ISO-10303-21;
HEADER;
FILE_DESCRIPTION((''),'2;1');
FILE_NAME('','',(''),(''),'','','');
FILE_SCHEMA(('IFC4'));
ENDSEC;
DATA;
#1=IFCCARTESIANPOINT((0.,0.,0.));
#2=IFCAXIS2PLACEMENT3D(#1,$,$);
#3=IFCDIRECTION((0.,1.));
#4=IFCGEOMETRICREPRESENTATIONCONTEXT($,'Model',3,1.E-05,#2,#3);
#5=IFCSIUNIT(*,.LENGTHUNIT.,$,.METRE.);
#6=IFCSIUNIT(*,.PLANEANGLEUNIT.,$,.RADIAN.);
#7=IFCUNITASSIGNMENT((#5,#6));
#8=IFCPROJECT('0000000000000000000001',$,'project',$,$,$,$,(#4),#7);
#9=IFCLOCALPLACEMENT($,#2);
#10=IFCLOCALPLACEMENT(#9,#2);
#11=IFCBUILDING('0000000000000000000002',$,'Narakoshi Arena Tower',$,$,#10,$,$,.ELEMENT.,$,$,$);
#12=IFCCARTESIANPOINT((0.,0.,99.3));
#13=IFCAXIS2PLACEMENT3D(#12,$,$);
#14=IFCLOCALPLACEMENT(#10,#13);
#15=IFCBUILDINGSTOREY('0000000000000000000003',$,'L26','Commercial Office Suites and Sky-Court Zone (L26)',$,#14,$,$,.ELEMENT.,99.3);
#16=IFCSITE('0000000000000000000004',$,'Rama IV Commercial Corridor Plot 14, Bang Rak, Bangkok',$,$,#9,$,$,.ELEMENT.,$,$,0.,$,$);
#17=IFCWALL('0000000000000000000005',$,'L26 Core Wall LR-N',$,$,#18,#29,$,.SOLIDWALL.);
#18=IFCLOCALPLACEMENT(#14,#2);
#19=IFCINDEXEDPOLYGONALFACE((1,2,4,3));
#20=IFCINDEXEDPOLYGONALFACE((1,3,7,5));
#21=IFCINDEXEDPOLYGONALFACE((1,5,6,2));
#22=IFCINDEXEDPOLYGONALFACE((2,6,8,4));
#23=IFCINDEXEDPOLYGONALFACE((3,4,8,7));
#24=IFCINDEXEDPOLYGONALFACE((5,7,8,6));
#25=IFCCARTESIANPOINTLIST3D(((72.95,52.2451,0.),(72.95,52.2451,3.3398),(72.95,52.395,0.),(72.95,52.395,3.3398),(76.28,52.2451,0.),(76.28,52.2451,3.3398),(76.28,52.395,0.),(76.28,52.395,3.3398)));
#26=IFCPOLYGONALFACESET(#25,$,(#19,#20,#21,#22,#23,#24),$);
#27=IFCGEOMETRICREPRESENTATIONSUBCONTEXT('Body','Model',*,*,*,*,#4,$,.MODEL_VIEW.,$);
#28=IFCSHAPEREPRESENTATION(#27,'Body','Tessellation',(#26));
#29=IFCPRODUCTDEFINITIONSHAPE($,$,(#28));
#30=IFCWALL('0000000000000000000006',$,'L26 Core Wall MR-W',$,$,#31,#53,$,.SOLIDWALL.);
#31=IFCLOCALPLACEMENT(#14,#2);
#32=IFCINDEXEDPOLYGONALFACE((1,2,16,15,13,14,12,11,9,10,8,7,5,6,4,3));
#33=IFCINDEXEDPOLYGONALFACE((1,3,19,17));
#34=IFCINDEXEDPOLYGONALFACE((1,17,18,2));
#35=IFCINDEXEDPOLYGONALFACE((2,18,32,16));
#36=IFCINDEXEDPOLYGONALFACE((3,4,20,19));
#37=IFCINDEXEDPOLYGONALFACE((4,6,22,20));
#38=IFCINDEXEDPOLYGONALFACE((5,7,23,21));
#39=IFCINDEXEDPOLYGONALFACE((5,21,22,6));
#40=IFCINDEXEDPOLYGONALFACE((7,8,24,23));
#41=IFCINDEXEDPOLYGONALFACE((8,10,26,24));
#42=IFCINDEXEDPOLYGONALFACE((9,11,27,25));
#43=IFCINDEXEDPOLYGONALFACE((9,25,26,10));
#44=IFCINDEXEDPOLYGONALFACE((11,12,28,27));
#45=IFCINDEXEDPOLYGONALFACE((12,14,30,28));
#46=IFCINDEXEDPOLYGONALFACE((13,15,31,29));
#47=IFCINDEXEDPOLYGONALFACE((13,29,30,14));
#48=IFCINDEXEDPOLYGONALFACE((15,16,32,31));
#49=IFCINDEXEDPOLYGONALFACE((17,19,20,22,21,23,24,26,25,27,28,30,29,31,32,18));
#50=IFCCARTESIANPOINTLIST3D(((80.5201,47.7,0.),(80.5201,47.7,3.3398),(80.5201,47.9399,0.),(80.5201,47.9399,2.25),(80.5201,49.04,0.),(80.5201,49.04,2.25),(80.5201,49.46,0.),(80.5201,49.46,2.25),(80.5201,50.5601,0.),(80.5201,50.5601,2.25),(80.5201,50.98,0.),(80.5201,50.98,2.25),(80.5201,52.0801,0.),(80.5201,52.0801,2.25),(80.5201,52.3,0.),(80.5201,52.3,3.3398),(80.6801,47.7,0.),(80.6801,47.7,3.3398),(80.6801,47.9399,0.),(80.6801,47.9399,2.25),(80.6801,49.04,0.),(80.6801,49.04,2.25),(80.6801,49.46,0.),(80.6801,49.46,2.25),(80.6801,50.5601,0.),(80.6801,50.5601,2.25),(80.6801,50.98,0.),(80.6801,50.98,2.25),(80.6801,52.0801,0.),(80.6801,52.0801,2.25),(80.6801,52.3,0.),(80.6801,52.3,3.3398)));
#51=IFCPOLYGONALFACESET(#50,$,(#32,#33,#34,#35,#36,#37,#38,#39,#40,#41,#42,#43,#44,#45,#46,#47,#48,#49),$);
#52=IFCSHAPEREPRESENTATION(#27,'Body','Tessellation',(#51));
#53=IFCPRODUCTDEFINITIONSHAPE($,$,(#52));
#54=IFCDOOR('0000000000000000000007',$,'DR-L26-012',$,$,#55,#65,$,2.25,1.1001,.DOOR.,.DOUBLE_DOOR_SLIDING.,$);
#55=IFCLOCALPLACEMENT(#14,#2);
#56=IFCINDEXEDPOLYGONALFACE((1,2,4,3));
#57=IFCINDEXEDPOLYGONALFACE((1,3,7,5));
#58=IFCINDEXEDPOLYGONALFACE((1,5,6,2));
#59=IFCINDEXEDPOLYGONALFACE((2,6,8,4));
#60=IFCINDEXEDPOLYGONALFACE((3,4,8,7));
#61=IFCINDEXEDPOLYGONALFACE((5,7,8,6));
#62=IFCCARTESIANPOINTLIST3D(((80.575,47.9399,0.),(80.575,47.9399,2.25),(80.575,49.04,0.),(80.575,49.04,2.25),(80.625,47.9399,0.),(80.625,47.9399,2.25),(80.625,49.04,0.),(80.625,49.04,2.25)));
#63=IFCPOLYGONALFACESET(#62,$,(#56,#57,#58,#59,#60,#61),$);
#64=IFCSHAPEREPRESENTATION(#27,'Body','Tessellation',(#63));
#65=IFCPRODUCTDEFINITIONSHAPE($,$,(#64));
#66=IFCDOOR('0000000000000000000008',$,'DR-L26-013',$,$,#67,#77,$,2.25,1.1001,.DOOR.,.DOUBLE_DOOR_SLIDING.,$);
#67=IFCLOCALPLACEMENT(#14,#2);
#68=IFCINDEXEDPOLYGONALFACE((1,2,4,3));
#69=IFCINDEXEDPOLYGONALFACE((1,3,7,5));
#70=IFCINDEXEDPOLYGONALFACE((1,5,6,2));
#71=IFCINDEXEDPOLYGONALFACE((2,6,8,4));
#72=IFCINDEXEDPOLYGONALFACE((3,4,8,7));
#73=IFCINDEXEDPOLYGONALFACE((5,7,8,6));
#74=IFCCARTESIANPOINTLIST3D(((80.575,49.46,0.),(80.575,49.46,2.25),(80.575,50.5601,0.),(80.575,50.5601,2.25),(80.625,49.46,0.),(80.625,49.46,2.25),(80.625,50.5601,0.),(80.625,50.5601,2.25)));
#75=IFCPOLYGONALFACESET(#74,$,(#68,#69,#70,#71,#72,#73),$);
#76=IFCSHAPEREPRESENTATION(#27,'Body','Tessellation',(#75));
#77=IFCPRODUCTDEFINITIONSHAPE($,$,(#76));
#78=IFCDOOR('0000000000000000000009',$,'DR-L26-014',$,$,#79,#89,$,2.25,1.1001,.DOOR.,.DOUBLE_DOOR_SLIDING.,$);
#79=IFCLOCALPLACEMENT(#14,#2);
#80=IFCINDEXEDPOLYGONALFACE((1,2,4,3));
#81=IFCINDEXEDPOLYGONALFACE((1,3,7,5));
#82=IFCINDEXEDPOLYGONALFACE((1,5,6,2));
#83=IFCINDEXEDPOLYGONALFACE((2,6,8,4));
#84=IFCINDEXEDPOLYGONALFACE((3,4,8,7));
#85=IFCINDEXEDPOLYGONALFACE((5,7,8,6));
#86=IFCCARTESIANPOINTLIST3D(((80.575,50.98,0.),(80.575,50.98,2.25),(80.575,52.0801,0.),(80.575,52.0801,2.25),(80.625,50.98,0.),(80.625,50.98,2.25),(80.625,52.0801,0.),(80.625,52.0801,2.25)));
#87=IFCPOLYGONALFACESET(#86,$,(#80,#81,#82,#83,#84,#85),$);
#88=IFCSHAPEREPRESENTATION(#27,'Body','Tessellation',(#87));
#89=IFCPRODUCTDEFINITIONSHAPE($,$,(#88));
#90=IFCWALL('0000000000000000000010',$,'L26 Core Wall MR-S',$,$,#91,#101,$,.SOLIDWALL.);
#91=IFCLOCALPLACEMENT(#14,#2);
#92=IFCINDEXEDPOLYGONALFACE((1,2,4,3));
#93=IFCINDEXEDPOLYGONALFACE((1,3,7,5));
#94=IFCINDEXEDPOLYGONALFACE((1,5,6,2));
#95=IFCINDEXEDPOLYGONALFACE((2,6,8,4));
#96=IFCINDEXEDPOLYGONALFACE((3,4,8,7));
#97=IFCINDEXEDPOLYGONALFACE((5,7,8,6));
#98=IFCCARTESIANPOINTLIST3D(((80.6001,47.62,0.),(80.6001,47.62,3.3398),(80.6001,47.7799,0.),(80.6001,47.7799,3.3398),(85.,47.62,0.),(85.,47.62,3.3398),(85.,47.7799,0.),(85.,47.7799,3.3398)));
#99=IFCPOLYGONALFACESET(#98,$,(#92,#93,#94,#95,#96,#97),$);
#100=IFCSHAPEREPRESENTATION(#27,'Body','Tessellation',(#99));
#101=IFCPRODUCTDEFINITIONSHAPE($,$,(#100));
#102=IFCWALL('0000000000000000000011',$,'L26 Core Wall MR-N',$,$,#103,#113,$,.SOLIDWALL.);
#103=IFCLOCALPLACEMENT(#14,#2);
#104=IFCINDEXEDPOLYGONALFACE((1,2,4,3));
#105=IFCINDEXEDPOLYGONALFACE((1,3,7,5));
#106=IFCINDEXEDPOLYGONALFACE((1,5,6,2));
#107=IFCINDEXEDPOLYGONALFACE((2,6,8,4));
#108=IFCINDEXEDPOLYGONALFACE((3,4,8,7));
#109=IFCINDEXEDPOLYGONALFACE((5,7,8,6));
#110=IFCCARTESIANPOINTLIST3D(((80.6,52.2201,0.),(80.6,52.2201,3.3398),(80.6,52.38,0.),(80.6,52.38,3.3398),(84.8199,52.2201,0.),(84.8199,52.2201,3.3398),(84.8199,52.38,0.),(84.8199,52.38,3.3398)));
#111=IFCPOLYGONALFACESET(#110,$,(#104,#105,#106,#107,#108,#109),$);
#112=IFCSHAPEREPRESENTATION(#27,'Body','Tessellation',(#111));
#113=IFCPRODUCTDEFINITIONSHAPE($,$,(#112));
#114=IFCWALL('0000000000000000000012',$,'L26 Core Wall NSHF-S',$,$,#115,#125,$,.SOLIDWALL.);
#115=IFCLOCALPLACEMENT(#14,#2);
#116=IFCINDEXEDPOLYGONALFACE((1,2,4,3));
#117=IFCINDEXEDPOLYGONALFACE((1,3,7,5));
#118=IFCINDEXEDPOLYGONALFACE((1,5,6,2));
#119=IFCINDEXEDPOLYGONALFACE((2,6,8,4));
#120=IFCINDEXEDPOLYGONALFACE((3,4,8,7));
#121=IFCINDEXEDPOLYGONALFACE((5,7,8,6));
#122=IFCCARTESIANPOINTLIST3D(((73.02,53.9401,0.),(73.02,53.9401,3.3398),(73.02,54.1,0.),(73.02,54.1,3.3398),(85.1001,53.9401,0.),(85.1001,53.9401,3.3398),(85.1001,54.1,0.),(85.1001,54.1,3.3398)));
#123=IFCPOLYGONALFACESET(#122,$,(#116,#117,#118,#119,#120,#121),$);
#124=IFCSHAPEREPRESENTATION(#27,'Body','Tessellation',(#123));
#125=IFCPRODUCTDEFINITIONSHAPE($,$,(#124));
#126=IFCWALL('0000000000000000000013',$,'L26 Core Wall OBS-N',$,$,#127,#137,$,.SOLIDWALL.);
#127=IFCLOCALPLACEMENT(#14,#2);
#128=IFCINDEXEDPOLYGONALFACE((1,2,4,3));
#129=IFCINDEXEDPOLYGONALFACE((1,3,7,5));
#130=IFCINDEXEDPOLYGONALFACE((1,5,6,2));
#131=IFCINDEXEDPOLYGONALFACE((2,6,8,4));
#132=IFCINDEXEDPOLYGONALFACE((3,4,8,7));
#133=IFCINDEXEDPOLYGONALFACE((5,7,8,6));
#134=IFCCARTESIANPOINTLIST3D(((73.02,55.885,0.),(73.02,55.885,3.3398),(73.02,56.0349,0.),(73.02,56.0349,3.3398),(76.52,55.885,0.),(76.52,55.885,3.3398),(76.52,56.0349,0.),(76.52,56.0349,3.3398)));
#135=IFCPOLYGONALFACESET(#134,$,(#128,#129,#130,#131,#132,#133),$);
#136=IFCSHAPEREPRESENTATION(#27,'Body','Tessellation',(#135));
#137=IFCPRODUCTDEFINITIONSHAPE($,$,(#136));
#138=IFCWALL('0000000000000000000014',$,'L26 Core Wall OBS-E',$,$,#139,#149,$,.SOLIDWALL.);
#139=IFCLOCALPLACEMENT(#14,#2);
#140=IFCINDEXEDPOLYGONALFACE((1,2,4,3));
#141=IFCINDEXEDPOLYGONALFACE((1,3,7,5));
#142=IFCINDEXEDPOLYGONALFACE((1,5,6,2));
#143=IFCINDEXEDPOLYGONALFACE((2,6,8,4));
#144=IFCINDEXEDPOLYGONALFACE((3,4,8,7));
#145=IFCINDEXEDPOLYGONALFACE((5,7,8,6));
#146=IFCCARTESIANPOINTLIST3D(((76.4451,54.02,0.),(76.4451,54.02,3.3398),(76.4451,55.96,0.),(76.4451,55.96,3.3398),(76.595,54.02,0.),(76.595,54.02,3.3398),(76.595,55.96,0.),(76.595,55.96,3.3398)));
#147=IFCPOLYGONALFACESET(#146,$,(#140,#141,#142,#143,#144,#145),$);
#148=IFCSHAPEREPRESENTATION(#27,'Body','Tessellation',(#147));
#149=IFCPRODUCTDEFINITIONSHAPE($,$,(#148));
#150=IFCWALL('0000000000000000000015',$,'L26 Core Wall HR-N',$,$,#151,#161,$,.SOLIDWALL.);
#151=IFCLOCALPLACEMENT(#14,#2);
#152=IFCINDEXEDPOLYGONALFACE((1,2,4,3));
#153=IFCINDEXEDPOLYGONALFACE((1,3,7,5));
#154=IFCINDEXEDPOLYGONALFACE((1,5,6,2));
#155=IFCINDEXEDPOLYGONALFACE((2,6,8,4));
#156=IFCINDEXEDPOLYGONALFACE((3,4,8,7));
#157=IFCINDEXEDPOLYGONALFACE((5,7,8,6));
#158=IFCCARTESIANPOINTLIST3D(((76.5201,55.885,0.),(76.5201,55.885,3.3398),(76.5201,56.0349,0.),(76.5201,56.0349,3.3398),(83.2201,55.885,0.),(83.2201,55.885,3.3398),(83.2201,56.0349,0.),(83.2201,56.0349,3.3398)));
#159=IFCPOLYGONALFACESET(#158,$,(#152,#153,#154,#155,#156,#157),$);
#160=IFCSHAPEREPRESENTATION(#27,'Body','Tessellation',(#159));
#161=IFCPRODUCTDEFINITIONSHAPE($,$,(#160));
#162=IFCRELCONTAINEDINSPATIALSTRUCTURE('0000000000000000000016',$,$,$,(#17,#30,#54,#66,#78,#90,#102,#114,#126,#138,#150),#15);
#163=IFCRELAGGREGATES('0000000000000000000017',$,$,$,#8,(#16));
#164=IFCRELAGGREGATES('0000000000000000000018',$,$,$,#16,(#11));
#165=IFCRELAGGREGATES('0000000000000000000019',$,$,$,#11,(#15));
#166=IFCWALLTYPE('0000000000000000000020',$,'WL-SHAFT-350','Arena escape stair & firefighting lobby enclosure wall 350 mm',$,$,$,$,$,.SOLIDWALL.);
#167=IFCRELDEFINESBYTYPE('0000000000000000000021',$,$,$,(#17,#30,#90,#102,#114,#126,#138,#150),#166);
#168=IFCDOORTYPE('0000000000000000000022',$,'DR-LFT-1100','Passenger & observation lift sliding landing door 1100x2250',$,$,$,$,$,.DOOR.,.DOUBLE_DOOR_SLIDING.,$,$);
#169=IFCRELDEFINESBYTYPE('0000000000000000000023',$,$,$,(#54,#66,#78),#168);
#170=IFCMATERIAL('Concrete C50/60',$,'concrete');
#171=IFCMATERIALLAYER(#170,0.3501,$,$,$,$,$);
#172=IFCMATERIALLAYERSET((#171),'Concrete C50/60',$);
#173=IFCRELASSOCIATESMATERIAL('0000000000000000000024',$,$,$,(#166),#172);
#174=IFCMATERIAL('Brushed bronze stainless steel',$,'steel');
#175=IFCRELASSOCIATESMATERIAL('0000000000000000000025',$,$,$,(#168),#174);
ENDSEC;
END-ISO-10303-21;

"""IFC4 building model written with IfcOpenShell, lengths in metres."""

from ifc_helpers import new_model, si_unit, direction, frame, frame_2d, origin, place, context, subcontext, project, spatial, rectangle, extrude, material, layer, layer_set, type_object, element, fill, save


model = new_model("IFC4")

# Units and contexts
model_context = context("Model", 3, precision=1e-05, world=origin(), true_north=direction((0.0, 1.0)))
body_context = subcontext(model_context, "Body", "Model", "MODEL_VIEW")
ifc_project = project(units=[si_unit("LENGTHUNIT", "METRE"), si_unit("PLANEANGLEUNIT", "RADIAN")], contexts=[model_context])

# Site, building, storey
site_placement = place(None, origin())
site = spatial("IfcSite", under=ifc_project, at=site_placement, Name="Rama IV Commercial Corridor Plot 14, Bang Rak, Bangkok", CompositionType="ELEMENT", RefElevation=0.0)
building_placement = place(site_placement, origin())
building = spatial("IfcBuilding", under=site, at=building_placement, Name="Narakoshi Arena Tower", CompositionType="ELEMENT")
storey_placement = place(building_placement, frame((0.0, 0.0, 99.3)))
storey = spatial("IfcBuildingStorey", under=building, at=storey_placement, Name="L26", Description="Commercial Office Suites and Sky-Court Zone (L26)", CompositionType="ELEMENT", Elevation=99.3)

# Shared definitions
ifc_material_1 = material(Name="Concrete C50/60", Category="concrete")
ifc_layer_1 = layer(ifc_material_1, 0.3501)
ifc_layer_set_1 = layer_set([ifc_layer_1], Name="Concrete C50/60")
wall_type_1 = type_object("IfcWallType", Name="WL-SHAFT-350", Description="Arena escape stair & firefighting lobby enclosure wall 350 mm", PredefinedType="SOLIDWALL", material=ifc_layer_set_1)

# Wall
wall_1_placement = place(storey_placement, frame((72.95, 52.3201, 0.0), z_axis=(0.0, 0.0, 1.0), x_axis=(1.0, 0.0, 0.0)))
element("IfcWall", 1, at=wall_1_placement, inside=storey, type_object=wall_type_1, Name="L26 Core Wall LR-N", PredefinedType="SOLIDWALL", context=body_context, shape_type="SweptSolid", body=[
    extrude(rectangle(XDim=3.3301, YDim=0.1499, at=frame_2d((1.665, 0.0))), origin(), (0.0, 0.0, 1.0), 3.3398),
])

# Wall, openings, doors
wall_2_placement = place(storey_placement, frame((80.6001, 47.7, 0.0), z_axis=(0.0, 0.0, 1.0), x_axis=(0.0, 1.0, 0.0)))
wall_2 = element("IfcWall", 2, at=wall_2_placement, inside=storey, type_object=wall_type_1, Name="L26 Core Wall MR-W", PredefinedType="SOLIDWALL", context=body_context, shape_type="SweptSolid", body=[
    extrude(rectangle(XDim=4.6001, YDim=0.1599, at=frame_2d((2.3, 0.0))), origin(), (0.0, 0.0, 1.0), 3.3398),
])
opening_1_placement = place(wall_2_placement, frame((0.24, 0.0, 0.0)))
opening_1 = element("IfcOpeningElement", 3, at=opening_1_placement, cuts=wall_2, PredefinedType="OPENING", context=body_context, shape_type="SweptSolid", body=[
    extrude(rectangle(XDim=1.1001, YDim=2.25, at=frame_2d((0.55, 1.125))), frame((0.0, 0.0898, 0.0), z_axis=(0.0, -1.0, 0.0), x_axis=(1.0, 0.0, 0.0)), (0.0, 0.0, 1.0), 0.1799),
])
opening_2_placement = place(wall_2_placement, frame((1.76, 0.0, 0.0)))
opening_2 = element("IfcOpeningElement", 4, at=opening_2_placement, cuts=wall_2, PredefinedType="OPENING", context=body_context, shape_type="SweptSolid", body=[
    extrude(rectangle(XDim=1.1001, YDim=2.25, at=frame_2d((0.55, 1.125))), frame((0.0, 0.0898, 0.0), z_axis=(0.0, -1.0, 0.0), x_axis=(1.0, 0.0, 0.0)), (0.0, 0.0, 1.0), 0.1799),
])
opening_3_placement = place(wall_2_placement, frame((3.28, 0.0, 0.0)))
opening_3 = element("IfcOpeningElement", 5, at=opening_3_placement, cuts=wall_2, PredefinedType="OPENING", context=body_context, shape_type="SweptSolid", body=[
    extrude(rectangle(XDim=1.1001, YDim=2.25, at=frame_2d((0.55, 1.125))), frame((0.0, 0.0898, 0.0), z_axis=(0.0, -1.0, 0.0), x_axis=(1.0, 0.0, 0.0)), (0.0, 0.0, 1.0), 0.1799),
])
ifc_material_2 = material(Name="Brushed bronze stainless steel", Category="steel")
door_type_1 = type_object("IfcDoorType", Name="DR-LFT-1100", Description="Passenger & observation lift sliding landing door 1100x2250", OperationType="DOUBLE_DOOR_SLIDING", PredefinedType="DOOR", material=ifc_material_2)
door_1_placement = place(opening_1_placement, frame((1.1001, 0.0, 0.0), z_axis=(0.0, 0.0, 1.0), x_axis=(-1.0, 0.0, 0.0)))
door_1 = element("IfcDoor", 6, at=door_1_placement, inside=storey, type_object=door_type_1, Name="DR-L26-012", OperationType="DOUBLE_DOOR_SLIDING", OverallHeight=2.25, OverallWidth=1.1001, PredefinedType="DOOR", context=body_context, shape_type="SweptSolid", body=[
    extrude(rectangle(XDim=1.1001, YDim=2.25, at=frame_2d((0.55, 1.125))), frame((0.0, 0.0249, 0.0), z_axis=(0.0, -1.0, 0.0), x_axis=(1.0, 0.0, 0.0)), (0.0, 0.0, 1.0), 0.05),
])
fill(opening_1, door_1)
door_2_placement = place(opening_2_placement, frame((1.1001, 0.0, 0.0), z_axis=(0.0, 0.0, 1.0), x_axis=(-1.0, 0.0, 0.0)))
door_2 = element("IfcDoor", 7, at=door_2_placement, inside=storey, type_object=door_type_1, Name="DR-L26-013", OperationType="DOUBLE_DOOR_SLIDING", OverallHeight=2.25, OverallWidth=1.1001, PredefinedType="DOOR", context=body_context, shape_type="SweptSolid", body=[
    extrude(rectangle(XDim=1.1001, YDim=2.25, at=frame_2d((0.55, 1.125))), frame((0.0, 0.0249, 0.0), z_axis=(0.0, -1.0, 0.0), x_axis=(1.0, 0.0, 0.0)), (0.0, 0.0, 1.0), 0.05),
])
fill(opening_2, door_2)
door_3_placement = place(opening_3_placement, frame((1.1001, 0.0, 0.0), z_axis=(0.0, 0.0, 1.0), x_axis=(-1.0, 0.0, 0.0)))
door_3 = element("IfcDoor", 8, at=door_3_placement, inside=storey, type_object=door_type_1, Name="DR-L26-014", OperationType="DOUBLE_DOOR_SLIDING", OverallHeight=2.25, OverallWidth=1.1001, PredefinedType="DOOR", context=body_context, shape_type="SweptSolid", body=[
    extrude(rectangle(XDim=1.1001, YDim=2.25, at=frame_2d((0.55, 1.125))), frame((0.0, 0.0249, 0.0), z_axis=(0.0, -1.0, 0.0), x_axis=(1.0, 0.0, 0.0)), (0.0, 0.0, 1.0), 0.05),
])
fill(opening_3, door_3)

# Walls
wall_3_placement = place(storey_placement, frame((80.6001, 47.7, 0.0), z_axis=(0.0, 0.0, 1.0), x_axis=(1.0, 0.0, 0.0)))
element("IfcWall", 9, at=wall_3_placement, inside=storey, type_object=wall_type_1, Name="L26 Core Wall MR-S", PredefinedType="SOLIDWALL", context=body_context, shape_type="SweptSolid", body=[
    extrude(rectangle(XDim=4.3999, YDim=0.1599, at=frame_2d((2.2, 0.0))), origin(), (0.0, 0.0, 1.0), 3.3398),
])
wall_4_placement = place(storey_placement, frame((80.6001, 52.3, 0.0), z_axis=(0.0, 0.0, 1.0), x_axis=(1.0, 0.0, 0.0)))
element("IfcWall", 10, at=wall_4_placement, inside=storey, type_object=wall_type_1, Name="L26 Core Wall MR-N", PredefinedType="SOLIDWALL", context=body_context, shape_type="SweptSolid", body=[
    extrude(rectangle(XDim=4.22, YDim=0.1599, at=frame_2d((2.1099, 0.0))), origin(), (0.0, 0.0, 1.0), 3.3398),
])
wall_5_placement = place(storey_placement, frame((73.02, 54.02, 0.0), z_axis=(0.0, 0.0, 1.0), x_axis=(1.0, 0.0, 0.0)))
element("IfcWall", 11, at=wall_5_placement, inside=storey, type_object=wall_type_1, Name="L26 Core Wall NSHF-S", PredefinedType="SOLIDWALL", context=body_context, shape_type="SweptSolid", body=[
    extrude(rectangle(XDim=12.0801, YDim=0.1599, at=frame_2d((6.04, 0.0))), origin(), (0.0, 0.0, 1.0), 3.3398),
])
wall_6_placement = place(storey_placement, frame((73.02, 55.96, 0.0), z_axis=(0.0, 0.0, 1.0), x_axis=(1.0, 0.0, 0.0)))
element("IfcWall", 12, at=wall_6_placement, inside=storey, type_object=wall_type_1, Name="L26 Core Wall OBS-N", PredefinedType="SOLIDWALL", context=body_context, shape_type="SweptSolid", body=[
    extrude(rectangle(XDim=3.5, YDim=0.1499, at=frame_2d((1.75, 0.0))), origin(), (0.0, 0.0, 1.0), 3.3398),
])
wall_7_placement = place(storey_placement, frame((76.52, 54.02, 0.0), z_axis=(0.0, 0.0, 1.0), x_axis=(0.0, 1.0, 0.0)))
element("IfcWall", 13, at=wall_7_placement, inside=storey, type_object=wall_type_1, Name="L26 Core Wall OBS-E", PredefinedType="SOLIDWALL", context=body_context, shape_type="SweptSolid", body=[
    extrude(rectangle(XDim=1.9399, YDim=0.1499, at=frame_2d((0.97, 0.0))), origin(), (0.0, 0.0, 1.0), 3.3398),
])
wall_8_placement = place(storey_placement, frame((76.52, 55.96, 0.0), z_axis=(0.0, 0.0, 1.0), x_axis=(1.0, 0.0, 0.0)))
element("IfcWall", 14, at=wall_8_placement, inside=storey, type_object=wall_type_1, Name="L26 Core Wall HR-N", PredefinedType="SOLIDWALL", context=body_context, shape_type="SweptSolid", body=[
    extrude(rectangle(XDim=6.7, YDim=0.1499, at=frame_2d((3.3501, 0.0))), origin(), (0.0, 0.0, 1.0), 3.3398),
])

save(model, "model.ifc")
